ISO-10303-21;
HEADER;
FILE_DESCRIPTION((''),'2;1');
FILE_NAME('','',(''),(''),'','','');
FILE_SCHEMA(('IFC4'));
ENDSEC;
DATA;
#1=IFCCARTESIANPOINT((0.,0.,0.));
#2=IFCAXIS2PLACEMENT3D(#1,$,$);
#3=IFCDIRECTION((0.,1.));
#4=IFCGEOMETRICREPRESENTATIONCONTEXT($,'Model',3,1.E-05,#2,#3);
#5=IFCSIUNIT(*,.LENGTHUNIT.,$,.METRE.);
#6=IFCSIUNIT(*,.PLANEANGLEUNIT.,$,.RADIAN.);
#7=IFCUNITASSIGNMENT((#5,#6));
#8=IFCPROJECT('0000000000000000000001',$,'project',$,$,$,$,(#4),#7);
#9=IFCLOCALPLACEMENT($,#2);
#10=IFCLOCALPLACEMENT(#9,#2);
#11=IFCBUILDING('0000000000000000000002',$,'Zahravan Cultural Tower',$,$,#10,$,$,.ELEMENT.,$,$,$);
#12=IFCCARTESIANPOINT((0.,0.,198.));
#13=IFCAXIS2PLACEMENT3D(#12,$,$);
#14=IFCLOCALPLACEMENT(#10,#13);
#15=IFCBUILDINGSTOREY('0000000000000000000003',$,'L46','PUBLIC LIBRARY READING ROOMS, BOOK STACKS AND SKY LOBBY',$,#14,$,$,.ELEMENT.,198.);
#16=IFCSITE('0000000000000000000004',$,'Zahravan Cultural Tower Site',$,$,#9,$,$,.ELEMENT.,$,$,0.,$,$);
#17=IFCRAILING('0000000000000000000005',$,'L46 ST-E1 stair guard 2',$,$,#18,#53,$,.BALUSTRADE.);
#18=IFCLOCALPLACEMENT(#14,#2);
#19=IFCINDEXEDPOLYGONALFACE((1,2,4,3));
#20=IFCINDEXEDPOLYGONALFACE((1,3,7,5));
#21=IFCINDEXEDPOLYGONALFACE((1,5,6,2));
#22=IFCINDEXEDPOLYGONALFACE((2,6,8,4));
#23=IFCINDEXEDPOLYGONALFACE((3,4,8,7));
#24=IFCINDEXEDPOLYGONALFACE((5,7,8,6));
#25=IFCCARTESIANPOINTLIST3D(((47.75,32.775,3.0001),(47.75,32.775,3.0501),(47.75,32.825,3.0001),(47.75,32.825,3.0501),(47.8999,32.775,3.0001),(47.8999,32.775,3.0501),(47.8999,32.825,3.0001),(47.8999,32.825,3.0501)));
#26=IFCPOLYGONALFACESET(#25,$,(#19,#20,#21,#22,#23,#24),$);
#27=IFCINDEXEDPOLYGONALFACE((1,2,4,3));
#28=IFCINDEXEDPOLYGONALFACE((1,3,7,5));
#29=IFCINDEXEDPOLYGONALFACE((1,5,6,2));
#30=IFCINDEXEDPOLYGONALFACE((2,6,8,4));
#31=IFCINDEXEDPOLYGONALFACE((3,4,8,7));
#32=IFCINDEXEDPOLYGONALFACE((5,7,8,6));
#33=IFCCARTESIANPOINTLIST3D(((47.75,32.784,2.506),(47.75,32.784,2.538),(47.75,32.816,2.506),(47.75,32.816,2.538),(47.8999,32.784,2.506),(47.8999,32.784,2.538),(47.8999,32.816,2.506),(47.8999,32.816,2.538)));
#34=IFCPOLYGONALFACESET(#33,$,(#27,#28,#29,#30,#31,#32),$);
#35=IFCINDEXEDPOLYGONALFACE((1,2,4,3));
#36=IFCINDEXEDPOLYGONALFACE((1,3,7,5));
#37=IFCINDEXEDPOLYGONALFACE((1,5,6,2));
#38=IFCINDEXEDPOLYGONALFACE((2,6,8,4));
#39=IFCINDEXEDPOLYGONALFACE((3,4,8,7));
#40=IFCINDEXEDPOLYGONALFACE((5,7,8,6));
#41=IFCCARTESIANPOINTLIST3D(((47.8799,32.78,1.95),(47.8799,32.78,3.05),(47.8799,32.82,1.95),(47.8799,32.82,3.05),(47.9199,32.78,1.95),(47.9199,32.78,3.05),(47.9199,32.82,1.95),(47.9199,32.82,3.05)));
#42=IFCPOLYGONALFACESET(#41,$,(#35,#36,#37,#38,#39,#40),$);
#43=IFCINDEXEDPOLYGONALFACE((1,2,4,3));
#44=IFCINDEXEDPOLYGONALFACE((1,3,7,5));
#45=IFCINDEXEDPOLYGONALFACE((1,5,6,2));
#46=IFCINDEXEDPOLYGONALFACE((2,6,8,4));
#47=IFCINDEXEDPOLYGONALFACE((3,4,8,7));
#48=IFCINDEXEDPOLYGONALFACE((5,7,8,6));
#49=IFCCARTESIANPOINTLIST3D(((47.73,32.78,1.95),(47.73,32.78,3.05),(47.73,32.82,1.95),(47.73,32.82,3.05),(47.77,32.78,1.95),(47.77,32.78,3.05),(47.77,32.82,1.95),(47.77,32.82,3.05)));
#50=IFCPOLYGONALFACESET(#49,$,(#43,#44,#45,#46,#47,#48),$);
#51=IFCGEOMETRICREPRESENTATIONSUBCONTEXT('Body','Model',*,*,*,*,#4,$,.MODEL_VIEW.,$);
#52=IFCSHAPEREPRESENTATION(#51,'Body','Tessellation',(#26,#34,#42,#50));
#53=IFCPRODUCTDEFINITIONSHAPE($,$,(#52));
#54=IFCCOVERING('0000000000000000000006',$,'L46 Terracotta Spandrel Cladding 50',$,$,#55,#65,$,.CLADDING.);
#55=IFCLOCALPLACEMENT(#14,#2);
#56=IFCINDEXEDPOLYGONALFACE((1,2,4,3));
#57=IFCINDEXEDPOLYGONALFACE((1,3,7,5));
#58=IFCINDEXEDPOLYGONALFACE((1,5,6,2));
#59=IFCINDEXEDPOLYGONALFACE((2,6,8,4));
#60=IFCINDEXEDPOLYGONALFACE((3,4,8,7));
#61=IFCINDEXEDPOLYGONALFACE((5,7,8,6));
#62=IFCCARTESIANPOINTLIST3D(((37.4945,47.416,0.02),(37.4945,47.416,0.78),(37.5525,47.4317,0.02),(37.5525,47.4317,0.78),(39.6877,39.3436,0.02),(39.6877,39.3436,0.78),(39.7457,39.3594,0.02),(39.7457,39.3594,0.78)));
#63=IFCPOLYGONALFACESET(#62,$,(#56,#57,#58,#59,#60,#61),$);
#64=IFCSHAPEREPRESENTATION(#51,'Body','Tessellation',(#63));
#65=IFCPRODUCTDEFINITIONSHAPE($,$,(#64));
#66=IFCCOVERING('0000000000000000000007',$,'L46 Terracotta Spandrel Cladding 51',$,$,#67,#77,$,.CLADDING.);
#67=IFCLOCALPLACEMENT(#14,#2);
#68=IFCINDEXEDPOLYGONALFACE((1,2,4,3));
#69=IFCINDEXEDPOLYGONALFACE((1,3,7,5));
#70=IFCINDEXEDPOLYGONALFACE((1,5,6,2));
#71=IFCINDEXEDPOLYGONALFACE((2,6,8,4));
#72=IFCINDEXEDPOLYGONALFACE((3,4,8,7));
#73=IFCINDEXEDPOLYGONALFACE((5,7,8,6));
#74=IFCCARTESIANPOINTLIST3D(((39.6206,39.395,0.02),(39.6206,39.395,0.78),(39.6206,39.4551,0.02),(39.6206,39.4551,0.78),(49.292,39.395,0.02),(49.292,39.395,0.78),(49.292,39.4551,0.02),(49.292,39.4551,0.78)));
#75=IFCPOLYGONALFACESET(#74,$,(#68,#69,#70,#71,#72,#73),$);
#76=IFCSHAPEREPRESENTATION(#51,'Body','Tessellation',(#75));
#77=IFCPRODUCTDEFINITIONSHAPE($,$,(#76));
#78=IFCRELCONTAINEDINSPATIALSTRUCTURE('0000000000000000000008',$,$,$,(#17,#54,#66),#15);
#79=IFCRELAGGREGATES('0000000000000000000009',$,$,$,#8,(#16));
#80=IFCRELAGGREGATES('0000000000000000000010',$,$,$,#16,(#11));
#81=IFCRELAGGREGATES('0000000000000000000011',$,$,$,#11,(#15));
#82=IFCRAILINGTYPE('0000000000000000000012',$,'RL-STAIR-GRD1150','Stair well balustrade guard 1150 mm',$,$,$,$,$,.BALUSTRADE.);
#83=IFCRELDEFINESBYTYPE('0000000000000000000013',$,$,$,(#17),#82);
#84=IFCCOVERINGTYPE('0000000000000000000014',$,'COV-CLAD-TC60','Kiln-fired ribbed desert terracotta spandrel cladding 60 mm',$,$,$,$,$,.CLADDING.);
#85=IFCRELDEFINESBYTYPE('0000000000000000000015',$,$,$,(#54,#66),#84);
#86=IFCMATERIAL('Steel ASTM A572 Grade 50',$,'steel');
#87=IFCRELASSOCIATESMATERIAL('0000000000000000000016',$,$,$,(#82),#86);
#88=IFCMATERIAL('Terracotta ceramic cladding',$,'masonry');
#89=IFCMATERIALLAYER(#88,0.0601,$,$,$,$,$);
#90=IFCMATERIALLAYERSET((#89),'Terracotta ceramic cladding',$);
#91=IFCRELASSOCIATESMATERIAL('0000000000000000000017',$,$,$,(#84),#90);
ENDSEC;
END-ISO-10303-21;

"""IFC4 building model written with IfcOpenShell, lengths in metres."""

from ifc_helpers import new_model, si_unit, direction, frame, origin, origin_2d, place, context, subcontext, project, spatial, rectangle, extrude, source, transform, mapped, material, layer, layer_set, type_object, element, save


model = new_model("IFC4")

# Units and contexts
model_context = context("Model", 3, precision=1e-05, world=origin(), true_north=direction((0.0, 1.0)))
body_context = subcontext(model_context, "Body", "Model", "MODEL_VIEW")
ifc_project = project(units=[si_unit("LENGTHUNIT", "METRE"), si_unit("PLANEANGLEUNIT", "RADIAN")], contexts=[model_context])

# Site, building, storey
site_placement = place(None, origin())
site = spatial("IfcSite", under=ifc_project, at=site_placement, Name="Zahravan Cultural Tower Site", CompositionType="ELEMENT", RefElevation=0.0)
building_placement = place(site_placement, origin())
building = spatial("IfcBuilding", under=site, at=building_placement, Name="Zahravan Cultural Tower", CompositionType="ELEMENT")
storey_placement = place(building_placement, frame((0.0, 0.0, 198.0)))
storey = spatial("IfcBuildingStorey", under=building, at=storey_placement, Name="L46", Description="PUBLIC LIBRARY READING ROOMS, BOOK STACKS AND SKY LOBBY", CompositionType="ELEMENT", Elevation=198.0)

# Shared definitions
ifc_material_1 = material(Name="Steel ASTM A572 Grade 50", Category="steel")

# Railing
railing_type = type_object("IfcRailingType", Name="RL-STAIR-GRD1150", Description="Stair well balustrade guard 1150 mm", PredefinedType="BALUSTRADE", material=ifc_material_1)
railing_placement = place(storey_placement, frame((47.8999, 32.8, 1.95)))
element("IfcRailing", 1, at=railing_placement, inside=storey, type_object=railing_type, Name="L46 ST-E1 stair guard 2", PredefinedType="BALUSTRADE", context=body_context, shape_type="SweptSolid", body=[
    extrude(rectangle(XDim=0.05, YDim=0.05, at=origin_2d()), frame((0.0, 0.0, 1.0752), z_axis=(-1.0, 0.0, 0.0), x_axis=(0.0, -1.0, 0.0)), (0.0, 0.0, 1.0), 0.1499),
    extrude(rectangle(XDim=0.032, YDim=0.032, at=origin_2d()), frame((0.0, 0.0, 0.572), z_axis=(-1.0, 0.0, 0.0), x_axis=(0.0, -1.0, 0.0)), (0.0, 0.0, 1.0), 0.1499),
    extrude(rectangle(XDim=0.04, YDim=0.04, at=origin_2d()), origin(), (0.0, 0.0, 1.0), 1.1001),
    extrude(rectangle(XDim=0.04, YDim=0.04, at=origin_2d()), frame((-0.1499, 0.0, 0.0)), (0.0, 0.0, 1.0), 1.1001),
])

# Coverings
ifc_material_2 = material(Name="Terracotta ceramic cladding", Category="masonry")
ifc_layer_1 = layer(ifc_material_2, 0.0601)
ifc_layer_set_1 = layer_set([ifc_layer_1], Name="Terracotta ceramic cladding")
covering_type = type_object("IfcCoveringType", Name="COV-CLAD-TC60", Description="Kiln-fired ribbed desert terracotta spandrel cladding 60 mm", PredefinedType="CLADDING", material=ifc_layer_set_1)
shared_shape_1 = source(origin(), body_context, "Body", "SweptSolid", [
    extrude(rectangle(XDim=8.365, YDim=0.0601, at=origin_2d()), origin(), (0.0, 0.0, 1.0), 0.76),
])
covering_1_placement = place(storey_placement, frame((38.6201, 43.3877, 0.02), z_axis=(0.0, 0.0, 1.0), x_axis=(0.262189, -0.965016, 0.0)))
element("IfcCovering", 2, at=covering_1_placement, inside=storey, type_object=covering_type, Name="L46 Terracotta Spandrel Cladding 50", PredefinedType="CLADDING", context=body_context, shape_type="MappedRepresentation", body=[
    mapped(shared_shape_1, transform((0.0, 0.0, 0.0), x_axis=(1.0, 0.0, 0.0), y_axis=(0.0, 1.0, 0.0), z_axis=(0.0, 0.0, 1.0), scale=1.0)),
])
shared_shape_2 = source(origin(), body_context, "Body", "SweptSolid", [
    extrude(rectangle(XDim=9.6714, YDim=0.0601, at=origin_2d()), origin(), (0.0, 0.0, 1.0), 0.76),
])
covering_2_placement = place(storey_placement, frame((44.4563, 39.425, 0.02), z_axis=(0.0, 0.0, 1.0), x_axis=(1.0, 0.0, 0.0)))
element("IfcCovering", 3, at=covering_2_placement, inside=storey, type_object=covering_type, Name="L46 Terracotta Spandrel Cladding 51", PredefinedType="CLADDING", context=body_context, shape_type="MappedRepresentation", body=[
    mapped(shared_shape_2, transform((0.0, 0.0, 0.0), x_axis=(1.0, 0.0, 0.0), y_axis=(0.0, 1.0, 0.0), z_axis=(0.0, 0.0, 1.0), scale=1.0)),
])

save(model, "model.ifc")
